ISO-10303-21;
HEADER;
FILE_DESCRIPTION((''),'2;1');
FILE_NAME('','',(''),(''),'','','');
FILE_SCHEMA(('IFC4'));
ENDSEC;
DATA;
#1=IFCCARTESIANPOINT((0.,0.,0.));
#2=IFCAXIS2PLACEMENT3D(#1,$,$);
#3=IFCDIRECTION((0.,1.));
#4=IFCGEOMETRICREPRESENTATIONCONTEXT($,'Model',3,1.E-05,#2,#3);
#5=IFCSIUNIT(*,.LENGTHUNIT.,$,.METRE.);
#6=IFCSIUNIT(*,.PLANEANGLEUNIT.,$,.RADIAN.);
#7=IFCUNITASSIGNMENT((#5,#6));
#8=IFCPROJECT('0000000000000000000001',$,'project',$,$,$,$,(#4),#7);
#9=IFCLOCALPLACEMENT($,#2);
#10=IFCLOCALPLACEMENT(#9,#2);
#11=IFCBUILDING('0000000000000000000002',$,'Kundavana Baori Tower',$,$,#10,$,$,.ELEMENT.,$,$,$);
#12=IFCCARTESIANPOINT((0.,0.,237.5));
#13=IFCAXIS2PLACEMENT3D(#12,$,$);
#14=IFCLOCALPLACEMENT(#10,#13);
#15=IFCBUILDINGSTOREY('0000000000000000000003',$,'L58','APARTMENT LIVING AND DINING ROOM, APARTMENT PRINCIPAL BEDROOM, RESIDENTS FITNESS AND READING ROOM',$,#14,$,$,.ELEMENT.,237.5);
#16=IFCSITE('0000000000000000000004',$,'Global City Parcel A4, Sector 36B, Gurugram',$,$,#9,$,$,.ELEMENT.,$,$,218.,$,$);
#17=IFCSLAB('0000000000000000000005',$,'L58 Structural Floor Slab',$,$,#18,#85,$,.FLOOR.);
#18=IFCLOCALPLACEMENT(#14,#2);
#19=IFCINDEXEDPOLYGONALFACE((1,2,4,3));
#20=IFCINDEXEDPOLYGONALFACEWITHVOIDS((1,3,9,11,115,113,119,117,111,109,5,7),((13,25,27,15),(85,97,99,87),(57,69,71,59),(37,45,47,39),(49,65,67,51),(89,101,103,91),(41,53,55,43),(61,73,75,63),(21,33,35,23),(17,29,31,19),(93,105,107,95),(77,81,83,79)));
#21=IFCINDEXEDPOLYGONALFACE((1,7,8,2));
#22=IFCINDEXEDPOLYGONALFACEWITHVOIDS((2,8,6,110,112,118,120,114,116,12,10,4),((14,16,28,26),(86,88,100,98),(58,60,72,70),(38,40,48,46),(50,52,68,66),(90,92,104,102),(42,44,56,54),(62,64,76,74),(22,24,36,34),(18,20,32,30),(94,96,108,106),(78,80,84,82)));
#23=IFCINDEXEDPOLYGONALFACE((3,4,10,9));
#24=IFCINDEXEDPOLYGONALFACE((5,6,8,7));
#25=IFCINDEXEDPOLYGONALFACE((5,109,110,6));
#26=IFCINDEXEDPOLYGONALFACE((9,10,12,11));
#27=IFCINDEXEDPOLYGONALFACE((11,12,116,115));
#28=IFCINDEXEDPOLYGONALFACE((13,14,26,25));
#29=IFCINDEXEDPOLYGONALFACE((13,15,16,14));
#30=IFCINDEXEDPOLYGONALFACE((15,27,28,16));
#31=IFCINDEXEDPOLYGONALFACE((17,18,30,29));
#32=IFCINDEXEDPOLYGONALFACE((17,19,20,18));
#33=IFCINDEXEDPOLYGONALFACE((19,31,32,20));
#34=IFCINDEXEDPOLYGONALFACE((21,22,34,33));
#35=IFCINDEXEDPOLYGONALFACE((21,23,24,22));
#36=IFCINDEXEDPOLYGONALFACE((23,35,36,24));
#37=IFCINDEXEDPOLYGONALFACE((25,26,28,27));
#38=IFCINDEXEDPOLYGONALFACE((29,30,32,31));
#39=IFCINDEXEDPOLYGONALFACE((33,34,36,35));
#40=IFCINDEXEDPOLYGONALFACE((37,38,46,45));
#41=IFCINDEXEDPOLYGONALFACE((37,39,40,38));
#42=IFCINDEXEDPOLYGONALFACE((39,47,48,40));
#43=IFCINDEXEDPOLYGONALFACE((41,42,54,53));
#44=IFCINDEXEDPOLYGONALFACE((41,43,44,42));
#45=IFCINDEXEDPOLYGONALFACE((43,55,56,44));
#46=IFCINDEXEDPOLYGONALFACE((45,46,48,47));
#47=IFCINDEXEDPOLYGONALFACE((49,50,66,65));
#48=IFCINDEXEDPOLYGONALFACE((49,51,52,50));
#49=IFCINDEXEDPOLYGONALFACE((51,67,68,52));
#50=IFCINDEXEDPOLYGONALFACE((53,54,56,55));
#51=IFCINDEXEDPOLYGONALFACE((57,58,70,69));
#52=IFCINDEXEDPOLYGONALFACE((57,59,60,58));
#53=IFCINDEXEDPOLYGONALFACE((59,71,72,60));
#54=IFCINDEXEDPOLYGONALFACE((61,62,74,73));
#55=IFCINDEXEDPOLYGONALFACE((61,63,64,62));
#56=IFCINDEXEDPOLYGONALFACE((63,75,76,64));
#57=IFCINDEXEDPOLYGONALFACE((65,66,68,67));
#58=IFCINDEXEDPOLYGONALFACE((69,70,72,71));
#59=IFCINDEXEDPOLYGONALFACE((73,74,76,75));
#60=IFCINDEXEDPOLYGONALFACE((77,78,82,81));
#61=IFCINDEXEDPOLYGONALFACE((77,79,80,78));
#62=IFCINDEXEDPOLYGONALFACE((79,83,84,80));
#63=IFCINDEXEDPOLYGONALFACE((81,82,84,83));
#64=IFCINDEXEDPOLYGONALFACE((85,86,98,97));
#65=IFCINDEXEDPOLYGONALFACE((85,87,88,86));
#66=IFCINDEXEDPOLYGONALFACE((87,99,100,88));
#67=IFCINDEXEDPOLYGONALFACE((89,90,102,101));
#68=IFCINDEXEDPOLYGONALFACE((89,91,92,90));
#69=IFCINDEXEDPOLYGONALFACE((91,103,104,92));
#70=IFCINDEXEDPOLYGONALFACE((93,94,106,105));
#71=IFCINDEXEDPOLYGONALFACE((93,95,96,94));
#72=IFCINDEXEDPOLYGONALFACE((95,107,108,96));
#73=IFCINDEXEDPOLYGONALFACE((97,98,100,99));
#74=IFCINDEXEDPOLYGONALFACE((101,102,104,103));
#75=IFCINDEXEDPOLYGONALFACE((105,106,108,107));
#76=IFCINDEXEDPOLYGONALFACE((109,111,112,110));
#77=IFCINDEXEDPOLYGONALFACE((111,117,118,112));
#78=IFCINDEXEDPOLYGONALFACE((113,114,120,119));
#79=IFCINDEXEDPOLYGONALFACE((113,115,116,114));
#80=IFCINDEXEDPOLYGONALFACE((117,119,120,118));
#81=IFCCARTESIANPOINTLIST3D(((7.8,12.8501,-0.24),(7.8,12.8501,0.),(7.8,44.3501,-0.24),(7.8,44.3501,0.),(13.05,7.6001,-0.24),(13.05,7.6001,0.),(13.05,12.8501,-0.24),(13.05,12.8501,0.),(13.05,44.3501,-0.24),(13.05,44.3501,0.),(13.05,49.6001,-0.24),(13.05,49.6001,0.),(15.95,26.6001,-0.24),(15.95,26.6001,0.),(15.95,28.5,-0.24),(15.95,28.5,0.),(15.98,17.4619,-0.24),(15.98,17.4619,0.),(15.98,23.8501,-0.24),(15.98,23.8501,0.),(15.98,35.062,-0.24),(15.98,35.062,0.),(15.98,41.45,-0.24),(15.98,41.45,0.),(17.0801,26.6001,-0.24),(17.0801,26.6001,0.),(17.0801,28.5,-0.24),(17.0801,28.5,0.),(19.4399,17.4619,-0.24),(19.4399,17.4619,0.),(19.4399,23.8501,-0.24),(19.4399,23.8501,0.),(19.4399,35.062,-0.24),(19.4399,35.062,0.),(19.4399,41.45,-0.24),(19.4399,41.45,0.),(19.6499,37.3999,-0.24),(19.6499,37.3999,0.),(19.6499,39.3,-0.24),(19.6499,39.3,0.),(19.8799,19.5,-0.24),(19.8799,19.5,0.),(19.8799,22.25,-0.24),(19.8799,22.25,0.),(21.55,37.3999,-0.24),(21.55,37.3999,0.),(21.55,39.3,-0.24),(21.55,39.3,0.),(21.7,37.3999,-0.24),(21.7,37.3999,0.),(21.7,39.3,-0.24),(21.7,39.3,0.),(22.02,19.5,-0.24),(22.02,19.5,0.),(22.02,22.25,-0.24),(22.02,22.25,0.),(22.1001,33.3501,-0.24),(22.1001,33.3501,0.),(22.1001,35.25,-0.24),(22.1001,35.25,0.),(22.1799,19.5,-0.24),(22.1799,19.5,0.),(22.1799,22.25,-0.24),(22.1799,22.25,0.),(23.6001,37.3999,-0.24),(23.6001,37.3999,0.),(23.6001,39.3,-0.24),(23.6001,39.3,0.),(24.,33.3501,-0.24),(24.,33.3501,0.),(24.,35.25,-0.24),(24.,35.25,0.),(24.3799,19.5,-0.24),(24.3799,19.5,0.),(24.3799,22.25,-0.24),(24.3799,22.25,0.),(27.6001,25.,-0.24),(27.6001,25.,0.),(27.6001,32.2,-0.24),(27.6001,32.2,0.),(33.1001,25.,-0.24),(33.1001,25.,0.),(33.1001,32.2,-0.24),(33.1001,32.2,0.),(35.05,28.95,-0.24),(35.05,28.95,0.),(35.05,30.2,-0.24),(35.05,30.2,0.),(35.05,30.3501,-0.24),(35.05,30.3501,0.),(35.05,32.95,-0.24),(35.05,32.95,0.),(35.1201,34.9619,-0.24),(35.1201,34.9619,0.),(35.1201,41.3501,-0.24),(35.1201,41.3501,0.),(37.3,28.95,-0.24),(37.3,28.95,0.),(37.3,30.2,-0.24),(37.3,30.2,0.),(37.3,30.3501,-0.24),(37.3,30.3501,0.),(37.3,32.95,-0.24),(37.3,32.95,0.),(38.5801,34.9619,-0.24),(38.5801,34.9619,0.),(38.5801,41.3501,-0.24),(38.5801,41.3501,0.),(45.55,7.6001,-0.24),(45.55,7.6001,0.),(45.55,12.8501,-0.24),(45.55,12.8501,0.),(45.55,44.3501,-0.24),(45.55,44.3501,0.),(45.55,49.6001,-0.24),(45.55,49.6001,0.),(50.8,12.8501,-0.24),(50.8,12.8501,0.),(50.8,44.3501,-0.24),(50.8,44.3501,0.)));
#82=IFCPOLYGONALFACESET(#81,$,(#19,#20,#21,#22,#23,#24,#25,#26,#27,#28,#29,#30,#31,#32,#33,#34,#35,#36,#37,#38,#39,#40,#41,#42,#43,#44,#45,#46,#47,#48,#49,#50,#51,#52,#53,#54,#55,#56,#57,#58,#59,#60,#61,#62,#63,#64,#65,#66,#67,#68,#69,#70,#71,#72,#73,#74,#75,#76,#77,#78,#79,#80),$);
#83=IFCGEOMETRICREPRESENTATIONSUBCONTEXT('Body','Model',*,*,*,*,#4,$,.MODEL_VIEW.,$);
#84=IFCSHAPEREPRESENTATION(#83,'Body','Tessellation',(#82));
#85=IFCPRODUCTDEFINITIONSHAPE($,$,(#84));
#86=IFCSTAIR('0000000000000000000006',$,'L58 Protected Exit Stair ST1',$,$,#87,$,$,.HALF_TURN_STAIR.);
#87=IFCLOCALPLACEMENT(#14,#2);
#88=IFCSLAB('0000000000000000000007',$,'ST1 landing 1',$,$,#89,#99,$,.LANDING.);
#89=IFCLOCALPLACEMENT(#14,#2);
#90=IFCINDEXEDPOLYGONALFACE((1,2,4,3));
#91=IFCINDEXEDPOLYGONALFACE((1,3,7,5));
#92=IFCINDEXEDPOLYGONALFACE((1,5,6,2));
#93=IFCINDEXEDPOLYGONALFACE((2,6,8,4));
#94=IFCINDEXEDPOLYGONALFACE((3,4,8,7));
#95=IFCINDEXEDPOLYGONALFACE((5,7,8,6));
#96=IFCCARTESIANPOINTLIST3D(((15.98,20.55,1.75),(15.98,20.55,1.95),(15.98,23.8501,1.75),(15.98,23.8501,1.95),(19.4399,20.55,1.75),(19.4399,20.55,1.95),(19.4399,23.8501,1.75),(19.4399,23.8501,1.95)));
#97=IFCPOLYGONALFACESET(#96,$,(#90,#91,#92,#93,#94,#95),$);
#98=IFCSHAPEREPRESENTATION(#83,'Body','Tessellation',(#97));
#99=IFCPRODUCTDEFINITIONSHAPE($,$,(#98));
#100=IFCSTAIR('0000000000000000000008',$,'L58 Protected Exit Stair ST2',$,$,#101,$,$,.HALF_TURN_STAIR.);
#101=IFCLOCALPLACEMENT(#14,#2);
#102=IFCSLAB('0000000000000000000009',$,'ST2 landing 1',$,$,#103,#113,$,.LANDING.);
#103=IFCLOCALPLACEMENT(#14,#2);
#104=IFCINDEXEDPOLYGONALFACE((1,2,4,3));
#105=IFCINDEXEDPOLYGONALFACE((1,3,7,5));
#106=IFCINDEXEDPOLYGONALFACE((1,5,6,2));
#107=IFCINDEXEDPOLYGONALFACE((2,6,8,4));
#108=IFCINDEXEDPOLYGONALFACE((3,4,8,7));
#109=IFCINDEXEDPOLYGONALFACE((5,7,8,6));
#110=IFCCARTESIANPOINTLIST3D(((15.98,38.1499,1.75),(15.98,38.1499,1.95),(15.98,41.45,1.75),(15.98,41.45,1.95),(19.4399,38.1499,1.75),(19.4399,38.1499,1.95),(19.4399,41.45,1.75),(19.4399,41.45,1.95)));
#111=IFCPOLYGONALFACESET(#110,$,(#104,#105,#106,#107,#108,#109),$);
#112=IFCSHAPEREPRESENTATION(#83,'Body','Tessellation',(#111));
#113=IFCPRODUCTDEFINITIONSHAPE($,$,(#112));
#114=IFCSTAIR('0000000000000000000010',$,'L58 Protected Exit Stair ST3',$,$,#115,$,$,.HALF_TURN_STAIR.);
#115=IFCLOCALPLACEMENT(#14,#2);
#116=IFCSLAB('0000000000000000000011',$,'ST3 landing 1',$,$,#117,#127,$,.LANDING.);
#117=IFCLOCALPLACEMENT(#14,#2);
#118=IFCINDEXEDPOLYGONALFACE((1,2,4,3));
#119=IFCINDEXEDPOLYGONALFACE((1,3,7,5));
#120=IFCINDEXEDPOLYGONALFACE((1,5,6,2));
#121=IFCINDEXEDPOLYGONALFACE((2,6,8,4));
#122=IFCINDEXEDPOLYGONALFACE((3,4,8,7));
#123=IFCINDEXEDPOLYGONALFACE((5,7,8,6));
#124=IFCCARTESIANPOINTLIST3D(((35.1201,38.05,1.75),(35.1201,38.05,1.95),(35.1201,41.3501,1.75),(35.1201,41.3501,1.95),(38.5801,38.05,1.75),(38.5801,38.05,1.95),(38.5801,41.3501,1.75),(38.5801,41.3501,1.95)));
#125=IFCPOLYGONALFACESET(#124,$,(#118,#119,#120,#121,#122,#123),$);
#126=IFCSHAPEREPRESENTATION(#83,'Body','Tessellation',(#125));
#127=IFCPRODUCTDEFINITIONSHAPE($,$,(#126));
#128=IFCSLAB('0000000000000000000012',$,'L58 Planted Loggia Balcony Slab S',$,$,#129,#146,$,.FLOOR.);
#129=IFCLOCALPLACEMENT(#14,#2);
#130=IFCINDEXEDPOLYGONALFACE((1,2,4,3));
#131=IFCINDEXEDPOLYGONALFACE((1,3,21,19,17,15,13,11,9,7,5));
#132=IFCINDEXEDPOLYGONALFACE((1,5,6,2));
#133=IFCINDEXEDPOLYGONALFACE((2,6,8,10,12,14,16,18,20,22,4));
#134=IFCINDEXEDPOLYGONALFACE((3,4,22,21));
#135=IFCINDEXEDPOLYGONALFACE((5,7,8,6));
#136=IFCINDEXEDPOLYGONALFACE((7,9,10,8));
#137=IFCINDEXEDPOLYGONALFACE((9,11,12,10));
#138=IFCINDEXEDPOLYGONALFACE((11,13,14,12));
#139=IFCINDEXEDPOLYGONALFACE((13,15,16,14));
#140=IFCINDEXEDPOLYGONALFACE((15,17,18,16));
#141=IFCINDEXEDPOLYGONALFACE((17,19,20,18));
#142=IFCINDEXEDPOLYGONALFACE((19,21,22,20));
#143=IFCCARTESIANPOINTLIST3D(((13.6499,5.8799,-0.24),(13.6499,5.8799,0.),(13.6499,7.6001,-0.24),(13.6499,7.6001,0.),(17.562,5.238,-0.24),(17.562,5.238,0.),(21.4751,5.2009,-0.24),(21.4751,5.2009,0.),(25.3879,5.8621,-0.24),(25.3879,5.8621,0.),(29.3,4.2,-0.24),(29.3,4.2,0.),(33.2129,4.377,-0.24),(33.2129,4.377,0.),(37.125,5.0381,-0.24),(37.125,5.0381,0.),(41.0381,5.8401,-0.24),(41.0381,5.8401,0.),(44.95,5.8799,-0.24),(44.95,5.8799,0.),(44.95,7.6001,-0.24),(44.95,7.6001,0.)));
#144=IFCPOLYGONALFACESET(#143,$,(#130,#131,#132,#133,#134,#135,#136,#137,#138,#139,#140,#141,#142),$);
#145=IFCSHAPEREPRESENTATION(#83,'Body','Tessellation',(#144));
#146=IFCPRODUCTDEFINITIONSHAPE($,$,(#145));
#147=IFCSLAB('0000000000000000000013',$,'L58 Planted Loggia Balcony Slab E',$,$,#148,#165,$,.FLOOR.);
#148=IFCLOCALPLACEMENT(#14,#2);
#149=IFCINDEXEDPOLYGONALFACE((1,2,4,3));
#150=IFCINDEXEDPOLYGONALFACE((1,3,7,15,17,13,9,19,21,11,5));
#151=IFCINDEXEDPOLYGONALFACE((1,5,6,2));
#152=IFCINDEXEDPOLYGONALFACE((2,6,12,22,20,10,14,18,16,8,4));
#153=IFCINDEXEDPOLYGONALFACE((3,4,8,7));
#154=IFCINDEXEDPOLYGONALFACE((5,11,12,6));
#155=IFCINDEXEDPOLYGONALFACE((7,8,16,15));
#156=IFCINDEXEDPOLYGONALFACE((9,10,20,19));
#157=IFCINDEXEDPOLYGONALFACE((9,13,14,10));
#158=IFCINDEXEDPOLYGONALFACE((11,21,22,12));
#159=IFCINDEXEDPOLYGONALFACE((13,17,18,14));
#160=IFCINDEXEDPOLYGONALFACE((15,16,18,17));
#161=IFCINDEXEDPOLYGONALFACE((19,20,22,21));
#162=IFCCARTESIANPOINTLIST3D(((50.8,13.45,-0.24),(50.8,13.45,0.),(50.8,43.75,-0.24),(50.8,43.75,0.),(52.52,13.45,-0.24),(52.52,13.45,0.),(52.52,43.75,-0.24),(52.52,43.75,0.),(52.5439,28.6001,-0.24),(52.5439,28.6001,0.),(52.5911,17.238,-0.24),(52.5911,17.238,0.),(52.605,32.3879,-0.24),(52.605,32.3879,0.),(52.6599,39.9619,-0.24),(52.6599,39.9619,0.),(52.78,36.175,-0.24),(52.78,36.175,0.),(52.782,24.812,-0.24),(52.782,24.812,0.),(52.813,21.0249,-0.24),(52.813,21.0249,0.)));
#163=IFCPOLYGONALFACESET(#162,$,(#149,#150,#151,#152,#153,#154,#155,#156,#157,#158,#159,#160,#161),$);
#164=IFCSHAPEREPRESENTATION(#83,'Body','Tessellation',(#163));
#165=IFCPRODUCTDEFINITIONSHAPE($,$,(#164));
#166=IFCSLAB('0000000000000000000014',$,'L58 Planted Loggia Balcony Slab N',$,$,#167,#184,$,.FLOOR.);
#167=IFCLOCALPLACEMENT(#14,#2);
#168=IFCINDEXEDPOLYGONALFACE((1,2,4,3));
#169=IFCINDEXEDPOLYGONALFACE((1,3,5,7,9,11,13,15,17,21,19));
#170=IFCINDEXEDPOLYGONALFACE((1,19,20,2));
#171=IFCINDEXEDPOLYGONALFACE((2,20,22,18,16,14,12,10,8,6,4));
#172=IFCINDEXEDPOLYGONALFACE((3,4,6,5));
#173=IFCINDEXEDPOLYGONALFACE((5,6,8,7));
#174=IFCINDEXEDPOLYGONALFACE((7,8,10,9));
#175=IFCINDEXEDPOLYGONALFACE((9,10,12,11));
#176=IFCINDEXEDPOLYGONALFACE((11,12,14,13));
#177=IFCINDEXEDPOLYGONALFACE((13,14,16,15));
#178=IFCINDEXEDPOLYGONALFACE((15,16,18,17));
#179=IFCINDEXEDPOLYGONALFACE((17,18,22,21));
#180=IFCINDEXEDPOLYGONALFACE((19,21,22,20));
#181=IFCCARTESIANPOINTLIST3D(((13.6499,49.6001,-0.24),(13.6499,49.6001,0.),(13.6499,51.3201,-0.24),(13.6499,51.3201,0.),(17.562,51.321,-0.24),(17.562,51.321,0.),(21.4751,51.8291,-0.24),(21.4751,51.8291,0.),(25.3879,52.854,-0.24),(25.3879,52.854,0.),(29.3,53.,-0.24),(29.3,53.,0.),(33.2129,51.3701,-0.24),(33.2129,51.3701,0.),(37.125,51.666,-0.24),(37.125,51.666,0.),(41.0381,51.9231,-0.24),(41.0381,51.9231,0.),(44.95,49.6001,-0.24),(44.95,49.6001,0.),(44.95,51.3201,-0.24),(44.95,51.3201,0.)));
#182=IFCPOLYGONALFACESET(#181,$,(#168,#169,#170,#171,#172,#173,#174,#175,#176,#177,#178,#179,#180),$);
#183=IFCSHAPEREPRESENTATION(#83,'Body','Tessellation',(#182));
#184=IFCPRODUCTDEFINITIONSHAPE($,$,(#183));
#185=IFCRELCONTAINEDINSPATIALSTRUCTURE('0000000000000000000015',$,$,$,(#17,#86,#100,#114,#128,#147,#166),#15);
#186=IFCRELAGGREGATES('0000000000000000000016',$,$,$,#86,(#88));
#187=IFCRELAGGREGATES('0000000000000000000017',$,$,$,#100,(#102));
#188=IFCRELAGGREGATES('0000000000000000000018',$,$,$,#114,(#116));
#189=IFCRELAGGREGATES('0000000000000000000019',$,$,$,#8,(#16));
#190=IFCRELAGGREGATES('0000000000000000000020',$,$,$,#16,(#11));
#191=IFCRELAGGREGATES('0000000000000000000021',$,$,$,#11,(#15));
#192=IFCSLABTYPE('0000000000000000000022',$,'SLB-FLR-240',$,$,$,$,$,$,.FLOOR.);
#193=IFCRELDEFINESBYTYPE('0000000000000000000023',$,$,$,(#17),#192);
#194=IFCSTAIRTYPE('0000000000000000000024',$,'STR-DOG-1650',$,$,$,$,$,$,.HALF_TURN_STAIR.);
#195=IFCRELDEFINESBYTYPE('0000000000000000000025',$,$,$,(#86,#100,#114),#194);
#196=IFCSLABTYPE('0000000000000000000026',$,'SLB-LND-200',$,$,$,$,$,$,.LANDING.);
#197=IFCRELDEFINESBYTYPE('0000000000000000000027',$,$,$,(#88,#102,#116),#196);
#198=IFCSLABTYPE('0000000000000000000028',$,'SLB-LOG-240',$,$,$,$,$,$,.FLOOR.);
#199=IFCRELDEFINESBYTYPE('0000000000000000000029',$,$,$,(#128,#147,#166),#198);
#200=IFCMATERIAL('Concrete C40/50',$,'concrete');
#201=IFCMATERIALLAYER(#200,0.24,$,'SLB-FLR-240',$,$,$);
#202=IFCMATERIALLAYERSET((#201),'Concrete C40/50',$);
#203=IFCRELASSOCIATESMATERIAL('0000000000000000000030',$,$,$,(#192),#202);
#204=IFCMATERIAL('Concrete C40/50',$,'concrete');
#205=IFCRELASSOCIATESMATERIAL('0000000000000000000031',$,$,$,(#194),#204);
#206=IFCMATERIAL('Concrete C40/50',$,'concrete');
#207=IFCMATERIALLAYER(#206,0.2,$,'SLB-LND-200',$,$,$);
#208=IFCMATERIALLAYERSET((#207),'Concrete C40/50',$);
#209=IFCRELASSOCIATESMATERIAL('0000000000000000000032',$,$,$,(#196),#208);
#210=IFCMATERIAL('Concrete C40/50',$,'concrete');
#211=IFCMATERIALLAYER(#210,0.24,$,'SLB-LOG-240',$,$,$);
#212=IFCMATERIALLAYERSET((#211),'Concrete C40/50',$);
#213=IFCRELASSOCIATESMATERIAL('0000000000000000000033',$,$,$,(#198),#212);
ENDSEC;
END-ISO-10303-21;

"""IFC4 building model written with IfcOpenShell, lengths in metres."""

from ifc_helpers import new_model, si_unit, direction, frame, origin, place, context, subcontext, project, spatial, polyline, outline, extrude, material, layer, layer_set, type_object, element, aggregate, save


model = new_model("IFC4")

# Units and contexts
model_context = context("Model", 3, precision=1e-05, world=origin(), true_north=direction((0.0, 1.0)))
body_context = subcontext(model_context, "Body", "Model", "MODEL_VIEW")
ifc_project = project(units=[si_unit("LENGTHUNIT", "METRE"), si_unit("PLANEANGLEUNIT", "RADIAN")], contexts=[model_context])

# Site, building, storey
site_placement = place(None, origin())
site = spatial("IfcSite", under=ifc_project, at=site_placement, Name="Global City Parcel A4, Sector 36B, Gurugram", CompositionType="ELEMENT", RefElevation=218.0)
building_placement = place(site_placement, origin())
building = spatial("IfcBuilding", under=site, at=building_placement, Name="Kundavana Baori Tower", CompositionType="ELEMENT")
storey_placement = place(building_placement, frame((0.0, 0.0, 237.5)))
storey = spatial("IfcBuildingStorey", under=building, at=storey_placement, Name="L58", Description="APARTMENT LIVING AND DINING ROOM, APARTMENT PRINCIPAL BEDROOM, RESIDENTS FITNESS AND READING ROOM", CompositionType="ELEMENT", Elevation=237.5)

# Slab
ifc_material_1 = material(Name="Concrete C40/50", Category="concrete")
ifc_layer_1 = layer(ifc_material_1, 0.24, Name="SLB-FLR-240")
ifc_layer_set_1 = layer_set([ifc_layer_1], Name="Concrete C40/50")
slab_type_1 = type_object("IfcSlabType", Name="SLB-FLR-240", PredefinedType="FLOOR", material=ifc_layer_set_1)
slab_1_placement = place(storey_placement, frame((0.0, 0.0, -0.24)))
element("IfcSlab", 1, at=slab_1_placement, inside=storey, type_object=slab_type_1, Name="L58 Structural Floor Slab", PredefinedType="FLOOR", context=body_context, shape_type="SweptSolid", body=[
    extrude(outline(polyline([(13.05, 7.6001), (45.55, 7.6001), (45.55, 12.8501), (50.8, 12.8501), (50.8, 44.3501), (45.55, 44.3501), (45.55, 49.6001), (13.05, 49.6001), (13.05, 44.3501), (7.8, 44.3501), (7.8, 12.8501), (13.05, 12.8501), (13.05, 7.6001)]), holes=[polyline([(19.4399, 17.4619), (19.4399, 23.8501), (15.98, 23.8501), (15.98, 17.4619), (19.4399, 17.4619)]), polyline([(19.4399, 35.062), (19.4399, 41.45), (15.98, 41.45), (15.98, 35.062), (19.4399, 35.062)]), polyline([(38.5801, 34.9619), (38.5801, 41.3501), (35.1201, 41.3501), (35.1201, 34.9619), (38.5801, 34.9619)]), polyline([(19.6499, 37.3999), (21.55, 37.3999), (21.55, 39.3), (19.6499, 39.3), (19.6499, 37.3999)]), polyline([(21.7, 37.3999), (23.6001, 37.3999), (23.6001, 39.3), (21.7, 39.3), (21.7, 37.3999)]), polyline([(22.1001, 33.3501), (24.0, 33.3501), (24.0, 35.25), (22.1001, 35.25), (22.1001, 33.3501)]), polyline([(19.8799, 19.5), (22.02, 19.5), (22.02, 22.25), (19.8799, 22.25), (19.8799, 19.5)]), polyline([(22.1799, 19.5), (24.3799, 19.5), (24.3799, 22.25), (22.1799, 22.25), (22.1799, 19.5)]), polyline([(35.05, 30.3501), (37.3, 30.3501), (37.3, 32.95), (35.05, 32.95), (35.05, 30.3501)]), polyline([(15.95, 26.6001), (17.0801, 26.6001), (17.0801, 28.5), (15.95, 28.5), (15.95, 26.6001)]), polyline([(35.05, 28.95), (37.3, 28.95), (37.3, 30.2), (35.05, 30.2), (35.05, 28.95)]), polyline([(27.6001, 25.0), (33.1001, 25.0), (33.1001, 32.2), (27.6001, 32.2), (27.6001, 25.0)])]), origin(), (0.0, 0.0, 1.0), 0.24),
])

# Stairs, slabs
ifc_material_2 = material(Name="Concrete C40/50", Category="concrete")
stair_type = type_object("IfcStairType", Name="STR-DOG-1650", PredefinedType="HALF_TURN_STAIR", material=ifc_material_2)
stair_1_placement = place(storey_placement, origin())
stair_1 = element("IfcStair", 2, at=stair_1_placement, inside=storey, type_object=stair_type, Name="L58 Protected Exit Stair ST1", PredefinedType="HALF_TURN_STAIR")
ifc_material_3 = material(Name="Concrete C40/50", Category="concrete")
ifc_layer_2 = layer(ifc_material_3, 0.2, Name="SLB-LND-200")
ifc_layer_set_2 = layer_set([ifc_layer_2], Name="Concrete C40/50")
slab_type_2 = type_object("IfcSlabType", Name="SLB-LND-200", PredefinedType="LANDING", material=ifc_layer_set_2)
slab_2_placement = place(storey_placement, frame((0.0, 0.0, 1.75)))
slab_2 = element("IfcSlab", 3, at=slab_2_placement, type_object=slab_type_2, Name="ST1 landing 1", PredefinedType="LANDING", context=body_context, shape_type="SweptSolid", body=[
    extrude(outline(polyline([(19.4399, 20.55), (19.4399, 23.8501), (15.98, 23.8501), (15.98, 20.55), (19.4399, 20.55)])), origin(), (0.0, 0.0, 1.0), 0.2),
])
aggregate(stair_1, [slab_2])
stair_2_placement = place(storey_placement, origin())
stair_2 = element("IfcStair", 4, at=stair_2_placement, inside=storey, type_object=stair_type, Name="L58 Protected Exit Stair ST2", PredefinedType="HALF_TURN_STAIR")
slab_3_placement = place(storey_placement, frame((0.0, 0.0, 1.75)))
slab_3 = element("IfcSlab", 5, at=slab_3_placement, type_object=slab_type_2, Name="ST2 landing 1", PredefinedType="LANDING", context=body_context, shape_type="SweptSolid", body=[
    extrude(outline(polyline([(19.4399, 38.1499), (19.4399, 41.45), (15.98, 41.45), (15.98, 38.1499), (19.4399, 38.1499)])), origin(), (0.0, 0.0, 1.0), 0.2),
])
aggregate(stair_2, [slab_3])
stair_3_placement = place(storey_placement, origin())
stair_3 = element("IfcStair", 6, at=stair_3_placement, inside=storey, type_object=stair_type, Name="L58 Protected Exit Stair ST3", PredefinedType="HALF_TURN_STAIR")
slab_4_placement = place(storey_placement, frame((0.0, 0.0, 1.75)))
slab_4 = element("IfcSlab", 7, at=slab_4_placement, type_object=slab_type_2, Name="ST3 landing 1", PredefinedType="LANDING", context=body_context, shape_type="SweptSolid", body=[
    extrude(outline(polyline([(38.5801, 38.05), (38.5801, 41.3501), (35.1201, 41.3501), (35.1201, 38.05), (38.5801, 38.05)])), origin(), (0.0, 0.0, 1.0), 0.2),
])
aggregate(stair_3, [slab_4])

# Slabs
ifc_material_4 = material(Name="Concrete C40/50", Category="concrete")
ifc_layer_3 = layer(ifc_material_4, 0.24, Name="SLB-LOG-240")
ifc_layer_set_3 = layer_set([ifc_layer_3], Name="Concrete C40/50")
slab_type_3 = type_object("IfcSlabType", Name="SLB-LOG-240", PredefinedType="FLOOR", material=ifc_layer_set_3)
slab_5_placement = place(storey_placement, frame((0.0, 0.0, -0.24)))
element("IfcSlab", 8, at=slab_5_placement, inside=storey, type_object=slab_type_3, Name="L58 Planted Loggia Balcony Slab S", PredefinedType="FLOOR", context=body_context, shape_type="SweptSolid", body=[
    extrude(outline(polyline([(13.6499, 7.6001), (44.95, 7.6001), (44.95, 5.8799), (41.0381, 5.8401), (37.125, 5.0381), (33.2129, 4.377), (29.3, 4.2), (25.3879, 5.8621), (21.4751, 5.2009), (17.562, 5.238), (13.6499, 5.8799), (13.6499, 7.6001)])), origin(), (0.0, 0.0, 1.0), 0.24),
])
slab_6_placement = place(storey_placement, frame((0.0, 0.0, -0.24)))
element("IfcSlab", 9, at=slab_6_placement, inside=storey, type_object=slab_type_3, Name="L58 Planted Loggia Balcony Slab E", PredefinedType="FLOOR", context=body_context, shape_type="SweptSolid", body=[
    extrude(outline(polyline([(50.8, 13.45), (50.8, 43.75), (52.52, 43.75), (52.6599, 39.9619), (52.78, 36.175), (52.605, 32.3879), (52.5439, 28.6001), (52.782, 24.812), (52.813, 21.0249), (52.5911, 17.238), (52.52, 13.45), (50.8, 13.45)])), origin(), (0.0, 0.0, 1.0), 0.24),
])
slab_7_placement = place(storey_placement, frame((0.0, 0.0, -0.24)))
element("IfcSlab", 10, at=slab_7_placement, inside=storey, type_object=slab_type_3, Name="L58 Planted Loggia Balcony Slab N", PredefinedType="FLOOR", context=body_context, shape_type="SweptSolid", body=[
    extrude(outline(polyline([(44.95, 49.6001), (13.6499, 49.6001), (13.6499, 51.3201), (17.562, 51.321), (21.4751, 51.8291), (25.3879, 52.854), (29.3, 53.0), (33.2129, 51.3701), (37.125, 51.666), (41.0381, 51.9231), (44.95, 51.3201), (44.95, 49.6001)])), origin(), (0.0, 0.0, 1.0), 0.24),
])

save(model, "model.ifc")
